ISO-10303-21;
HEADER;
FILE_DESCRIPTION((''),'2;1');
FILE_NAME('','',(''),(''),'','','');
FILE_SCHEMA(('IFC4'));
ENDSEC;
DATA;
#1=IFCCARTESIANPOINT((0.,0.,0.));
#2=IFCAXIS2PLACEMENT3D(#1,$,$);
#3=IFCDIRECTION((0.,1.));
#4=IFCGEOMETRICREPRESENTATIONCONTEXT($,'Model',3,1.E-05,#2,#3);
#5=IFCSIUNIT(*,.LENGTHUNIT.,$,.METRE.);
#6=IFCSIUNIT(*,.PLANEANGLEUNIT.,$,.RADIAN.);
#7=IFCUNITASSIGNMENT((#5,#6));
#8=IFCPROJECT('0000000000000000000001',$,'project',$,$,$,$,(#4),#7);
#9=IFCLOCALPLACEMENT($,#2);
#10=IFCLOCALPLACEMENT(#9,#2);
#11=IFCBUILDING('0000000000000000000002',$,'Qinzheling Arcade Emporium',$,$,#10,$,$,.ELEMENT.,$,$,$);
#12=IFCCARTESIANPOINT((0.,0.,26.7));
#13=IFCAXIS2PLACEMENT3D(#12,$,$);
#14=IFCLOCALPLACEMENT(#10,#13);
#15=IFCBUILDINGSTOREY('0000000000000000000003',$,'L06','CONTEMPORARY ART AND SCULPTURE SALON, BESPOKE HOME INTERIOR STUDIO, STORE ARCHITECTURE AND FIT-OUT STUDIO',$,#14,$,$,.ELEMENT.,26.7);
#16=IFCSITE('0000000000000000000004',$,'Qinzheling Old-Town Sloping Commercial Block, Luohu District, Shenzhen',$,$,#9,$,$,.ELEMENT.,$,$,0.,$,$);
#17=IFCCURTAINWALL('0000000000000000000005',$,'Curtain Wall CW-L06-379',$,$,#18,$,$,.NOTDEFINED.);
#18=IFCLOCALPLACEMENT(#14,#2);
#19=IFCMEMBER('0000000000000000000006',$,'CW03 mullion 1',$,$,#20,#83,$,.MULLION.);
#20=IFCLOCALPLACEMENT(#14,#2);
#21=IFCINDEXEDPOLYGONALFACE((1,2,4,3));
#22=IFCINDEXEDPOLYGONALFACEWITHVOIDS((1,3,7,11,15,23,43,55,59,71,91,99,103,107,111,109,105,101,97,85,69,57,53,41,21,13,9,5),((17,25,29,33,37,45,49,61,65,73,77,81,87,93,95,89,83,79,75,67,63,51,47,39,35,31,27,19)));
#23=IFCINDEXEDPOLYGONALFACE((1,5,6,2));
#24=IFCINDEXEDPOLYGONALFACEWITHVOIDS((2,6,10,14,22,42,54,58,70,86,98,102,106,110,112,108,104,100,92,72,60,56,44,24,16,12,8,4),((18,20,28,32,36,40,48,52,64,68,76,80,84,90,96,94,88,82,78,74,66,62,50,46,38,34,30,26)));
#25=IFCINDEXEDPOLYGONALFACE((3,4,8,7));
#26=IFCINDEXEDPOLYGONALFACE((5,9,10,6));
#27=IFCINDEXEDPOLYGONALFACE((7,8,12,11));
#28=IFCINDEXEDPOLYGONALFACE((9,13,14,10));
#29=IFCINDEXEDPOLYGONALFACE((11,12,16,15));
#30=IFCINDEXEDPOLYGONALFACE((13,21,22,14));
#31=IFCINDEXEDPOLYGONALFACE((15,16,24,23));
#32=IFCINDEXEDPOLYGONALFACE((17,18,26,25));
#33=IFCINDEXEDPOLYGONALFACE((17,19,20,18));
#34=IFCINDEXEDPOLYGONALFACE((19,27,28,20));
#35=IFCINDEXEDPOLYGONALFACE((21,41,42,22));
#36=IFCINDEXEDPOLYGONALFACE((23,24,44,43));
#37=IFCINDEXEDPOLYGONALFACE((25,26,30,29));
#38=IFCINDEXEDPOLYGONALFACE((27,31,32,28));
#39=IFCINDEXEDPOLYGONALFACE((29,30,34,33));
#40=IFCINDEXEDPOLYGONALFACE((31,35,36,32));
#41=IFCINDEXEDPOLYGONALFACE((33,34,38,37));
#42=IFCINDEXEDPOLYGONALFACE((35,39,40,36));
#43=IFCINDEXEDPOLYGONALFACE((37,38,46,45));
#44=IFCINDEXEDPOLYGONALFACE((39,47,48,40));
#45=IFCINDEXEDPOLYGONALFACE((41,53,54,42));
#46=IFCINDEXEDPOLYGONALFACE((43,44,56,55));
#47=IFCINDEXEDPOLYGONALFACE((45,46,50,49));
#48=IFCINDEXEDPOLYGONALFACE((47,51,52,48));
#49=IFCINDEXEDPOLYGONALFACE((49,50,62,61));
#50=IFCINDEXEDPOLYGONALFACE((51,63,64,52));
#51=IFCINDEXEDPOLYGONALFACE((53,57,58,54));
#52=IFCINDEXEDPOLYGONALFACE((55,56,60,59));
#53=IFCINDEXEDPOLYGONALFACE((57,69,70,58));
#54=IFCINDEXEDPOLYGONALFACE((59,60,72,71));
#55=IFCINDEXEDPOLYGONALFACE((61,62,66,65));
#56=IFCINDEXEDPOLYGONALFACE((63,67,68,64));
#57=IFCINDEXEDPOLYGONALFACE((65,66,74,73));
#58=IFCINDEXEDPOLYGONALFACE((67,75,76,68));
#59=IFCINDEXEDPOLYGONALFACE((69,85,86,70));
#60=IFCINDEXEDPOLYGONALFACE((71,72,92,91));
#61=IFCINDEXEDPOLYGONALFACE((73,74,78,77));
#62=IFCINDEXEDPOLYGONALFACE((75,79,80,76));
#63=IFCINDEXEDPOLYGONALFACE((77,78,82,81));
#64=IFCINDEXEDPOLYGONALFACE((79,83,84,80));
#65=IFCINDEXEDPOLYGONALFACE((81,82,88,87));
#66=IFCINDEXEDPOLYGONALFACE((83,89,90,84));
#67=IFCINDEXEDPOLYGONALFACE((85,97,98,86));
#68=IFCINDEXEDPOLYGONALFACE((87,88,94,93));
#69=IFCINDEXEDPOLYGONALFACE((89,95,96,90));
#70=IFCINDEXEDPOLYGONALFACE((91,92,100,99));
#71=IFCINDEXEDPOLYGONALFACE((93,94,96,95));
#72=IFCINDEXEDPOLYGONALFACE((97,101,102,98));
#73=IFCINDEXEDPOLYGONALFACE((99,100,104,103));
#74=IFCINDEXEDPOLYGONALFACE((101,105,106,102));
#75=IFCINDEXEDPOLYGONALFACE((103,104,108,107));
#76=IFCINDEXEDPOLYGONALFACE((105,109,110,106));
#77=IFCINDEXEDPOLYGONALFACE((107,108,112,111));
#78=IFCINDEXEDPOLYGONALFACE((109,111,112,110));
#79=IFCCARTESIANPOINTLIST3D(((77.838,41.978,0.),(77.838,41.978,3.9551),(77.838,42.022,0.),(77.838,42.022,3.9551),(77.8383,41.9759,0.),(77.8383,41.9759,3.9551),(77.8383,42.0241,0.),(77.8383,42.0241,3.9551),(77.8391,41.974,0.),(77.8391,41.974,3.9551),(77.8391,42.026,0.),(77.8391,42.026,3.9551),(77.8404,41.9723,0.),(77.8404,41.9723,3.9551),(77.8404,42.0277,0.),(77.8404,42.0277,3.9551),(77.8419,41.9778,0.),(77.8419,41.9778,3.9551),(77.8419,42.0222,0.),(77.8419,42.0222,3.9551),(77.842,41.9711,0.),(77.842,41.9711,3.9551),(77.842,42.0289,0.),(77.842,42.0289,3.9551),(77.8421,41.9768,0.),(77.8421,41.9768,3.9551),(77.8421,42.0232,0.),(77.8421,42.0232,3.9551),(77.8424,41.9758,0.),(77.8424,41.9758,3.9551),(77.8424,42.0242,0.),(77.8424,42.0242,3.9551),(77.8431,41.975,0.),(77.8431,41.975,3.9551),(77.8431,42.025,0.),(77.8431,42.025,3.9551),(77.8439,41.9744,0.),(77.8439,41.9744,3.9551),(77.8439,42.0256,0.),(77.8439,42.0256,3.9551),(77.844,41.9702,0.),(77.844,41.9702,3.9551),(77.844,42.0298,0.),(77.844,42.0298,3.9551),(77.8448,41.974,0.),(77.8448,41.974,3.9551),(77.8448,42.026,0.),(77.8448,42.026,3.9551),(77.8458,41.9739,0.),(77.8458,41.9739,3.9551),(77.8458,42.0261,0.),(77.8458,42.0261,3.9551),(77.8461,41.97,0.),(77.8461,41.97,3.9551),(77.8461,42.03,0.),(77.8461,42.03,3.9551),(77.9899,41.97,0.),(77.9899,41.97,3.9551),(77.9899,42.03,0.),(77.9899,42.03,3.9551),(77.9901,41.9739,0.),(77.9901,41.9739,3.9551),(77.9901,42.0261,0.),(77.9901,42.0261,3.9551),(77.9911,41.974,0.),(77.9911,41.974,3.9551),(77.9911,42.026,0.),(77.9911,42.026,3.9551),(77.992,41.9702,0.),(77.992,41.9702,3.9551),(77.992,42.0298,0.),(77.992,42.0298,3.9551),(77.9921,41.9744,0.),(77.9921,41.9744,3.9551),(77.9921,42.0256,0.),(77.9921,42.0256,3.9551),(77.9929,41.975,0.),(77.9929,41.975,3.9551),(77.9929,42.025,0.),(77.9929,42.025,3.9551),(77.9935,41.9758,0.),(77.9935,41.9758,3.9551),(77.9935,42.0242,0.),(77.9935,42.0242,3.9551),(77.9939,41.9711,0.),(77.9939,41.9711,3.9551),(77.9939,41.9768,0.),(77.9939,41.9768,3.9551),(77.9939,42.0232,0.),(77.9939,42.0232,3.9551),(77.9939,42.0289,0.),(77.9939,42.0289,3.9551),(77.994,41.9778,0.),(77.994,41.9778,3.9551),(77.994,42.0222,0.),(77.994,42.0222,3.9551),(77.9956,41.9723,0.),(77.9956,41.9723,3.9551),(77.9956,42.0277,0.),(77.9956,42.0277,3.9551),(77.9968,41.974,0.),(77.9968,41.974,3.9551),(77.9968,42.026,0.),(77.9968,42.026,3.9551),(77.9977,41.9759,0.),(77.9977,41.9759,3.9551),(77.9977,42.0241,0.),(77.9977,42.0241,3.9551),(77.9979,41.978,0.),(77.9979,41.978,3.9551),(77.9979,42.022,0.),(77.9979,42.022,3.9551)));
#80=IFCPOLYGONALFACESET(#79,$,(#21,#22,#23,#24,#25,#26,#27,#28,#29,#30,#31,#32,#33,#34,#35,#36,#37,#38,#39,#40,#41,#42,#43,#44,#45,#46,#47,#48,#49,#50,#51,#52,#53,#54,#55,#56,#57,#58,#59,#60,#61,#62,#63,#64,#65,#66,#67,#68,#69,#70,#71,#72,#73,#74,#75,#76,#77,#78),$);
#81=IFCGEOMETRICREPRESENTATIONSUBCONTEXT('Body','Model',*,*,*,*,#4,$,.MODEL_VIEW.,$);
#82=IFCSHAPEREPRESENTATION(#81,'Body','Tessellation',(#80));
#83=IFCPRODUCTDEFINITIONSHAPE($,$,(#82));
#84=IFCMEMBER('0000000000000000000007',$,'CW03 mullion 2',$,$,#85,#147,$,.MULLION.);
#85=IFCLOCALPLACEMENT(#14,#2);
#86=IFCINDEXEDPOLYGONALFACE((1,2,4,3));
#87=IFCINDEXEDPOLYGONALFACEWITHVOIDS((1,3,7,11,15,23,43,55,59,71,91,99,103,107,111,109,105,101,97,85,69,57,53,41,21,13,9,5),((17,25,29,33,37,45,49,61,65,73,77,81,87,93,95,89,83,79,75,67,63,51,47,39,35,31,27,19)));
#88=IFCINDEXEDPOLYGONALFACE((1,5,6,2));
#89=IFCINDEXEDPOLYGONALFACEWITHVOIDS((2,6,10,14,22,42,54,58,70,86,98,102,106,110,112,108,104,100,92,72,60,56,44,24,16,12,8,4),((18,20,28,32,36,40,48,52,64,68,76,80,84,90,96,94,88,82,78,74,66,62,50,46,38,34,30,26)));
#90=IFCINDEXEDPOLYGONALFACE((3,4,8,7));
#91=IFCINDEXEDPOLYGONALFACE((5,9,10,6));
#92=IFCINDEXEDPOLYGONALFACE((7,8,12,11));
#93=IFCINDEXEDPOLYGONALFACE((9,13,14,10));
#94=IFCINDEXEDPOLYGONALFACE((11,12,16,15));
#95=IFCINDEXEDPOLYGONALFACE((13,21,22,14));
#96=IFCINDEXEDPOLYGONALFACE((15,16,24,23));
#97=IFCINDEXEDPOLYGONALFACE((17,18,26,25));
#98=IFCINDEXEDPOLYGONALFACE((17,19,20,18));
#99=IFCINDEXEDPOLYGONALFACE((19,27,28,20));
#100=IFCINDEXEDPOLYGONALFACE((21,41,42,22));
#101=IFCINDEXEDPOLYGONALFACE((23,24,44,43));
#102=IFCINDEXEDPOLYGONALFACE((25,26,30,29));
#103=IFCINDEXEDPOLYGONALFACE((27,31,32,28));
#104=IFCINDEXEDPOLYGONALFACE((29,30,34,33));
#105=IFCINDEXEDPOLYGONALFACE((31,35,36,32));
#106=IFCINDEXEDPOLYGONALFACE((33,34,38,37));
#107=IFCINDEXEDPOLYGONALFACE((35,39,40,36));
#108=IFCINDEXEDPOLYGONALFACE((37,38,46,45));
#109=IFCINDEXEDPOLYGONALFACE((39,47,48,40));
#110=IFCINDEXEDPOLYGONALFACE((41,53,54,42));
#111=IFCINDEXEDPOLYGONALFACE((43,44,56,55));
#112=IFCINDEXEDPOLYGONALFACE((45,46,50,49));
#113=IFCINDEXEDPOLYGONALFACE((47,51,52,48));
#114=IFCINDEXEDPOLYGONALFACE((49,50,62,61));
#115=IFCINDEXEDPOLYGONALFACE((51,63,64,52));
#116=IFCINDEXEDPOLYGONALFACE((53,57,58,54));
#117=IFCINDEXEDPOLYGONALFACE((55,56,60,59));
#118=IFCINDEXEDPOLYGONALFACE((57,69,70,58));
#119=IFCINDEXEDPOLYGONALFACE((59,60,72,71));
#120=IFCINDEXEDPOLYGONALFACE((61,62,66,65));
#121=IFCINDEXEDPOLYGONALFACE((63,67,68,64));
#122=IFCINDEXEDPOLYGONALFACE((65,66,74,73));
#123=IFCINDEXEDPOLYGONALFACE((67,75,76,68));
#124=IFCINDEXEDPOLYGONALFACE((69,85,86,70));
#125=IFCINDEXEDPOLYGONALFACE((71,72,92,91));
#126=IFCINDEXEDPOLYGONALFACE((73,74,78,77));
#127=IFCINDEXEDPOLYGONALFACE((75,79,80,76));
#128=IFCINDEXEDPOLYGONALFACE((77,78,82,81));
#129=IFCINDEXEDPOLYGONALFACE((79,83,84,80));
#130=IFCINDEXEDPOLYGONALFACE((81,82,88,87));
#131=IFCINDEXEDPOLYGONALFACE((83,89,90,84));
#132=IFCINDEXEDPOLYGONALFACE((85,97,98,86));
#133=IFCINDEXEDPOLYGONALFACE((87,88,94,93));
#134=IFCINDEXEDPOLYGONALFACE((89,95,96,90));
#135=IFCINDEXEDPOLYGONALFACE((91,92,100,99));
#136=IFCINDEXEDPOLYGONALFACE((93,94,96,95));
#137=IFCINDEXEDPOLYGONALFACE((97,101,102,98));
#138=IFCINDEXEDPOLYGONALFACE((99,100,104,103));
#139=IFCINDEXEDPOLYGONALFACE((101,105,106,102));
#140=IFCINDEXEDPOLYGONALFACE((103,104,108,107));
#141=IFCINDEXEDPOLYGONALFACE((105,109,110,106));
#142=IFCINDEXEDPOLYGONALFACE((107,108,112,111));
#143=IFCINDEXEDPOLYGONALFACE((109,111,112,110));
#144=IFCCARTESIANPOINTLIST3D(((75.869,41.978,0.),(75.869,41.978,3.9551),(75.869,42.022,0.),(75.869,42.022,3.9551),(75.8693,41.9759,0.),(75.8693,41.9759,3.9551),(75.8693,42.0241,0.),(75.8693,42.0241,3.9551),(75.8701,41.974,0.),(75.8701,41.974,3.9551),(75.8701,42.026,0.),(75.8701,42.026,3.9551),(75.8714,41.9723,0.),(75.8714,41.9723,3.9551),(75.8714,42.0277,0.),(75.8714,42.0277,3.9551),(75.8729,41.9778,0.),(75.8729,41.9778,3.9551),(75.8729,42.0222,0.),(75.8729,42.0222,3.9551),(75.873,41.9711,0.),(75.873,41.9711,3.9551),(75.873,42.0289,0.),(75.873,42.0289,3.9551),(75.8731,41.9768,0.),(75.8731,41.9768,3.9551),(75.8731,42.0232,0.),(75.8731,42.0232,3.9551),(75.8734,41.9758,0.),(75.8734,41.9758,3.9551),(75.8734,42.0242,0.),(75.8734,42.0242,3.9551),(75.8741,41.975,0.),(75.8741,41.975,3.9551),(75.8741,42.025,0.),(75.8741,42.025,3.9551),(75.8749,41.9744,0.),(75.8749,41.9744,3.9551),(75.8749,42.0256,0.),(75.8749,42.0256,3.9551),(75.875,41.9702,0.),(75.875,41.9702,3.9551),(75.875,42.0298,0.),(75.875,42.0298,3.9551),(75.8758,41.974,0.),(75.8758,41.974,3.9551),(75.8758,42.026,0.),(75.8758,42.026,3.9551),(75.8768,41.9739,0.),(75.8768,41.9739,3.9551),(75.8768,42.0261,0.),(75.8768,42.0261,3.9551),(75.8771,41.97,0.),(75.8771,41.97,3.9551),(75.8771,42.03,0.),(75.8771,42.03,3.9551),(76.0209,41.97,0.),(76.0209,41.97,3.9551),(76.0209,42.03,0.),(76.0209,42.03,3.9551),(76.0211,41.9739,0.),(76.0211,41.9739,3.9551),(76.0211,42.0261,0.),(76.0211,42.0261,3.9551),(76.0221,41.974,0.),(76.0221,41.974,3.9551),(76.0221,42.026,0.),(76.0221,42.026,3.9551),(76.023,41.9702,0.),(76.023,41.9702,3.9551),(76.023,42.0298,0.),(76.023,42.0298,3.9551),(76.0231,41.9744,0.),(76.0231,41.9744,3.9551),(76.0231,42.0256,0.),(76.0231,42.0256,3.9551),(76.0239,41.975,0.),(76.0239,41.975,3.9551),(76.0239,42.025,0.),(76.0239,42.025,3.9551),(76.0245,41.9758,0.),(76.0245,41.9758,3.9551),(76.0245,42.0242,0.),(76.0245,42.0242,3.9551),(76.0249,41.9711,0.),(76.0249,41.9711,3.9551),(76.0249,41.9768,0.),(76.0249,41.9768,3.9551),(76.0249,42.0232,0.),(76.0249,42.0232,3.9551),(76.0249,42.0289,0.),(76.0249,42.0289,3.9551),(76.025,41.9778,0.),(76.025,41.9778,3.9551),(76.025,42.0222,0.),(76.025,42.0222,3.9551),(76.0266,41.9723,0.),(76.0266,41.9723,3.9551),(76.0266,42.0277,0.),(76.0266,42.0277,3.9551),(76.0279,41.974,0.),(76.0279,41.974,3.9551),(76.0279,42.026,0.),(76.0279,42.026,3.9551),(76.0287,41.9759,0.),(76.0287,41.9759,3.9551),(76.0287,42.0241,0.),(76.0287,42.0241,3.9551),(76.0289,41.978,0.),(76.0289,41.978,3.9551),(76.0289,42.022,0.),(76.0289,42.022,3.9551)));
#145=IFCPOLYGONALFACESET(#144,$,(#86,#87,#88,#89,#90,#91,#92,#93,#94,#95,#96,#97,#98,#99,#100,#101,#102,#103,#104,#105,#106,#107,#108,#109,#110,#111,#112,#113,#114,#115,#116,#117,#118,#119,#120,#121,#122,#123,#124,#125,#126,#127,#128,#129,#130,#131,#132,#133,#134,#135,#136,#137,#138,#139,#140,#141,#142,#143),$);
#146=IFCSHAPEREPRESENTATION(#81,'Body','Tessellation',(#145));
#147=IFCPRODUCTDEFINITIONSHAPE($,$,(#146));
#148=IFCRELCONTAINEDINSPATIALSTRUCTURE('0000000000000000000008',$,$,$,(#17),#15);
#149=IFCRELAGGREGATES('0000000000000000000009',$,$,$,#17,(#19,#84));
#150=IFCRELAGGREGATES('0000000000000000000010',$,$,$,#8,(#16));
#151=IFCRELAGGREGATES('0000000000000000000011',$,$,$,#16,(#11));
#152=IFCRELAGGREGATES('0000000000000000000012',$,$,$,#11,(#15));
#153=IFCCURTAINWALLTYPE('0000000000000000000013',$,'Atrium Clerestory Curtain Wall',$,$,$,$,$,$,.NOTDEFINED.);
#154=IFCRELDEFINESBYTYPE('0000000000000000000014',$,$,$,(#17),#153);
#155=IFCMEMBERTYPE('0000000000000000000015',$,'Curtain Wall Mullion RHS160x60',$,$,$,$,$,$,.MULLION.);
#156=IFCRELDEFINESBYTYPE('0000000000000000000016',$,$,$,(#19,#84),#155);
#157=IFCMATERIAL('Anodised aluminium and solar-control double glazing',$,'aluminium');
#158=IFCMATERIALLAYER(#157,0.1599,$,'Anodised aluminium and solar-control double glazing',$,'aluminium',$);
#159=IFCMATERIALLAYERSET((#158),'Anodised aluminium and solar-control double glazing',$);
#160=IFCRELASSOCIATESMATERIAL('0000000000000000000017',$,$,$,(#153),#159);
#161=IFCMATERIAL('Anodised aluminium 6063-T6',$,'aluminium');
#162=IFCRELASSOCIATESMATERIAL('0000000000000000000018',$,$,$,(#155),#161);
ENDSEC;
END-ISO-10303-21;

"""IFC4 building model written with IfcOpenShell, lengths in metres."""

from ifc_helpers import new_model, si_unit, direction, frame, origin, origin_2d, place, context, subcontext, project, spatial, hollow_rectangle, extrude, material, layer, layer_set, material_profile, profile_set, type_object, element, aggregate, save


model = new_model("IFC4")

# Units and contexts
model_context = context("Model", 3, precision=1e-05, world=origin(), true_north=direction((0.0, 1.0)))
body_context = subcontext(model_context, "Body", "Model", "MODEL_VIEW")
ifc_project = project(units=[si_unit("LENGTHUNIT", "METRE"), si_unit("PLANEANGLEUNIT", "RADIAN")], contexts=[model_context])

# Site, building, storey
site_placement = place(None, origin())
site = spatial("IfcSite", under=ifc_project, at=site_placement, Name="Qinzheling Old-Town Sloping Commercial Block, Luohu District, Shenzhen", CompositionType="ELEMENT", RefElevation=0.0)
building_placement = place(site_placement, origin())
building = spatial("IfcBuilding", under=site, at=building_placement, Name="Qinzheling Arcade Emporium", CompositionType="ELEMENT")
storey_placement = place(building_placement, frame((0.0, 0.0, 26.7)))
storey = spatial("IfcBuildingStorey", under=building, at=storey_placement, Name="L06", Description="CONTEMPORARY ART AND SCULPTURE SALON, BESPOKE HOME INTERIOR STUDIO, STORE ARCHITECTURE AND FIT-OUT STUDIO", CompositionType="ELEMENT", Elevation=26.7)

# Curtain wall, members
ifc_material_1 = material(Name="Anodised aluminium and solar-control double glazing", Category="aluminium")
ifc_layer_1 = layer(ifc_material_1, 0.1599, Name="Anodised aluminium and solar-control double glazing", Category="aluminium")
ifc_layer_set_1 = layer_set([ifc_layer_1], Name="Anodised aluminium and solar-control double glazing")
curtain_wall_type = type_object("IfcCurtainWallType", Name="Atrium Clerestory Curtain Wall", PredefinedType="NOTDEFINED", material=ifc_layer_set_1)
ifc_material_2 = material(Name="Anodised aluminium 6063-T6", Category="aluminium")
ifc_material_profile_1 = material_profile(ifc_material_2, hollow_rectangle(XDim=0.0601, YDim=0.1599, WallThickness=0.0039, InnerFilletRadius=0.0039, OuterFilletRadius=0.0081, at=origin_2d()), Name="RHS 160x60x4", Category="aluminium")
ifc_profile_set_1 = profile_set([ifc_material_profile_1], Name="Anodised aluminium 6063-T6")
member_type_1 = type_object("IfcMemberType", Name="Curtain Wall Mullion RHS160x60", PredefinedType="MULLION", material=ifc_profile_set_1)
curtain_wall_1_placement = place(storey_placement, origin())
curtain_wall_1 = element("IfcCurtainWall", 1, at=curtain_wall_1_placement, inside=storey, type_object=curtain_wall_type, Name="Curtain Wall CW-L06-379", PredefinedType="NOTDEFINED")
member_1_placement = place(storey_placement, frame((77.918, 42.0, 0.0), z_axis=(0.0, 0.0, 1.0), x_axis=(0.0, -1.0, 0.0)))
member_1 = element("IfcMember", 2, at=member_1_placement, type_object=member_type_1, Name="CW03 mullion 1", PredefinedType="MULLION", context=body_context, shape_type="SweptSolid", body=[
    extrude(hollow_rectangle(XDim=0.0601, YDim=0.1599, WallThickness=0.0039, InnerFilletRadius=0.0039, OuterFilletRadius=0.0081, at=origin_2d()), origin(), (0.0, 0.0, 1.0), 3.9551),
])
member_2_placement = place(storey_placement, frame((75.949, 42.0, 0.0), z_axis=(0.0, 0.0, 1.0), x_axis=(0.0, -1.0, 0.0)))
member_2 = element("IfcMember", 3, at=member_2_placement, type_object=member_type_1, Name="CW03 mullion 2", PredefinedType="MULLION", context=body_context, shape_type="SweptSolid", body=[
    extrude(hollow_rectangle(XDim=0.0601, YDim=0.1599, WallThickness=0.0039, InnerFilletRadius=0.0039, OuterFilletRadius=0.0081, at=origin_2d()), origin(), (0.0, 0.0, 1.0), 3.9551),
])

aggregate(curtain_wall_1, [member_1, member_2])

save(model, "model.ifc")
